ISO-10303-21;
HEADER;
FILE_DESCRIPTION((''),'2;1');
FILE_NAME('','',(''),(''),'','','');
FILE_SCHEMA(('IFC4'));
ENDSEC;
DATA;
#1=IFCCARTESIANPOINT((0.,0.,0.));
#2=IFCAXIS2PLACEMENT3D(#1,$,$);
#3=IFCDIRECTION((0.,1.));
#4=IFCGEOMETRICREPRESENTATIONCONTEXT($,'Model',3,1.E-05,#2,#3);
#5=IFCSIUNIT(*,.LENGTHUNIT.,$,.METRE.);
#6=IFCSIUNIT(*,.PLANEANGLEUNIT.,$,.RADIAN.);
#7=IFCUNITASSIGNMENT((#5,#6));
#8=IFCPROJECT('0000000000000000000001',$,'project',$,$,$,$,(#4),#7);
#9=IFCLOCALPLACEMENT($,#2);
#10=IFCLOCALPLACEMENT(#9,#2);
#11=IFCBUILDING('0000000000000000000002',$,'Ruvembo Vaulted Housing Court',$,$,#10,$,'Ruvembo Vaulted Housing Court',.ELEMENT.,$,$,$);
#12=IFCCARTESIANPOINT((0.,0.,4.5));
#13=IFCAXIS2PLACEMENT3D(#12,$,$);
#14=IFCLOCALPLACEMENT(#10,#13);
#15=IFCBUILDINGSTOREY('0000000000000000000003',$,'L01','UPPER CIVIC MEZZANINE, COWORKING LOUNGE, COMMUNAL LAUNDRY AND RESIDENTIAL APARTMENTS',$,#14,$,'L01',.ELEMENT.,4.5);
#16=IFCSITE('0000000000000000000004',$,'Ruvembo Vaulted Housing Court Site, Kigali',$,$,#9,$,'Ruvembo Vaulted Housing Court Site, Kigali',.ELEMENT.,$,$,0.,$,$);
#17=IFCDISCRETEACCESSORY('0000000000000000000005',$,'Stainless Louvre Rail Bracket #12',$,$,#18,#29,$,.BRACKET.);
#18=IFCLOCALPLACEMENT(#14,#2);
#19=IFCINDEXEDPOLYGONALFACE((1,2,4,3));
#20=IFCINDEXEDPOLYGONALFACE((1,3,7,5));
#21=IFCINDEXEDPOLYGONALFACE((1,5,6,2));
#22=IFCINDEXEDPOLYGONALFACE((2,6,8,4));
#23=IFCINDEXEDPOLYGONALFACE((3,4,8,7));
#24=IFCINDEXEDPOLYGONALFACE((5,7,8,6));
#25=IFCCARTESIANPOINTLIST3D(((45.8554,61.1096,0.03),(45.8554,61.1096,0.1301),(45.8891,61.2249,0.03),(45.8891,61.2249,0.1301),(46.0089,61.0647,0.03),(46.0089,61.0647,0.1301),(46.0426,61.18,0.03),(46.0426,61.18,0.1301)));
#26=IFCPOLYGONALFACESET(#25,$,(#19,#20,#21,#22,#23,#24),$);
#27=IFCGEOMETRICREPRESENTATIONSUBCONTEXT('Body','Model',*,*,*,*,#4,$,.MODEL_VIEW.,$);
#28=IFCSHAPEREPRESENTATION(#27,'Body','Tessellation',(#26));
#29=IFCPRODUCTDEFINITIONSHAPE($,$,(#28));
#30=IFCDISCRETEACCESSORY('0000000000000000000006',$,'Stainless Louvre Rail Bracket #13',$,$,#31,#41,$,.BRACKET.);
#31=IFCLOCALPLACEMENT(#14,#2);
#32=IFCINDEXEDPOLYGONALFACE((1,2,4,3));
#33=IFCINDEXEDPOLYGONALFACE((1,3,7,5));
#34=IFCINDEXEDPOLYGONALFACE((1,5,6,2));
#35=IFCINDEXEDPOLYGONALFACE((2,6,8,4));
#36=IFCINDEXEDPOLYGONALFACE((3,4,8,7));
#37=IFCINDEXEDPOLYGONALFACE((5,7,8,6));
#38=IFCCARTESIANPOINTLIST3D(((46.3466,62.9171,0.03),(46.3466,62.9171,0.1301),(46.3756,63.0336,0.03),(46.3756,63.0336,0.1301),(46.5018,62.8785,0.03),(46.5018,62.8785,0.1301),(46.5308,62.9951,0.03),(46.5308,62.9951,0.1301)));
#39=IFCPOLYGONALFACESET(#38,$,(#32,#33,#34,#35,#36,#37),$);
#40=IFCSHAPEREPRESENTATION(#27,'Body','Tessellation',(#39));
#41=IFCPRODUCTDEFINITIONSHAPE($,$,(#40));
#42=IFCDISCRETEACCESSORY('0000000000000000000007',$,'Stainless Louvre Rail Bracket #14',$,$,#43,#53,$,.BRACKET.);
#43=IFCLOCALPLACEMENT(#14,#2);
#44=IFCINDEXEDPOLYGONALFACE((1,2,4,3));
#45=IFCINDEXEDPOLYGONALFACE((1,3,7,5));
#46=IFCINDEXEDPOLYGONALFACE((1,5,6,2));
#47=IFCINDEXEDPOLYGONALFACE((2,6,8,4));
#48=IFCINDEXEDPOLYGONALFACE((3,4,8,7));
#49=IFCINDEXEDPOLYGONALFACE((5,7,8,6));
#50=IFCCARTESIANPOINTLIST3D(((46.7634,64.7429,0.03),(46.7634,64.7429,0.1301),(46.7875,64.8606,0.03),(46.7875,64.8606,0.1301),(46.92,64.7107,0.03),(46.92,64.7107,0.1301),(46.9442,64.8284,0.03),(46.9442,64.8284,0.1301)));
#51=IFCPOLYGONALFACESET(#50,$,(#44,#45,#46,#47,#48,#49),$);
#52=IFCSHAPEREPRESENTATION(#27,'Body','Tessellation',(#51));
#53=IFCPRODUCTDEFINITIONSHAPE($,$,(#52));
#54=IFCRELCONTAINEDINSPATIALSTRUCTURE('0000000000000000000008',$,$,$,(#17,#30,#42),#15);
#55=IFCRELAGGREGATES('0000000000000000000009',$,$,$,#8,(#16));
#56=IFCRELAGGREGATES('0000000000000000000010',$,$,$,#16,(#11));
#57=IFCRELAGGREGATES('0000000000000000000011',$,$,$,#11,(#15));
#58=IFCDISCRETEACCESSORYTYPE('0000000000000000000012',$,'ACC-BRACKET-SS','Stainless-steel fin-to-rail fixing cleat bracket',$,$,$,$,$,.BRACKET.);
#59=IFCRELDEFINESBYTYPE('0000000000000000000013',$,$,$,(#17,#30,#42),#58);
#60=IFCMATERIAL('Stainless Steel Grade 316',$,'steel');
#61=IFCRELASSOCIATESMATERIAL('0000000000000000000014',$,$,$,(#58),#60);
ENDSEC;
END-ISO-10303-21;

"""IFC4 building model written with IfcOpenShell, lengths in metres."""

from ifc_helpers import new_model, si_unit, direction, frame, origin, origin_2d, place, context, subcontext, project, spatial, rectangle, extrude, material, type_object, element, save


model = new_model("IFC4")

# Units and contexts
model_context = context("Model", 3, precision=1e-05, world=origin(), true_north=direction((0.0, 1.0)))
body_context = subcontext(model_context, "Body", "Model", "MODEL_VIEW")
ifc_project = project(units=[si_unit("LENGTHUNIT", "METRE"), si_unit("PLANEANGLEUNIT", "RADIAN")], contexts=[model_context])

# Site, building, storey
site_placement = place(None, origin())
site = spatial("IfcSite", under=ifc_project, at=site_placement, Name="Ruvembo Vaulted Housing Court Site, Kigali", LongName="Ruvembo Vaulted Housing Court Site, Kigali", CompositionType="ELEMENT", RefElevation=0.0)
building_placement = place(site_placement, origin())
building = spatial("IfcBuilding", under=site, at=building_placement, Name="Ruvembo Vaulted Housing Court", LongName="Ruvembo Vaulted Housing Court", CompositionType="ELEMENT")
storey_placement = place(building_placement, frame((0.0, 0.0, 4.5)))
storey = spatial("IfcBuildingStorey", under=building, at=storey_placement, Name="L01", Description="UPPER CIVIC MEZZANINE, COWORKING LOUNGE, COMMUNAL LAUNDRY AND RESIDENTIAL APARTMENTS", LongName="L01", CompositionType="ELEMENT", Elevation=4.5)

# Discrete accessories
ifc_material_1 = material(Name="Stainless Steel Grade 316", Category="steel")
discrete_accessory_type = type_object("IfcDiscreteAccessoryType", Name="ACC-BRACKET-SS", Description="Stainless-steel fin-to-rail fixing cleat bracket", PredefinedType="BRACKET", material=ifc_material_1)
for number, where, z_axis, x_axis, name in (
    (1, (45.949, 61.1448, 0.03), (0.0, 0.0, 1.0), (0.959791, -0.280717, 0.0), "Stainless Louvre Rail Bracket #12"),
    (2, (46.4387, 62.9561, 0.03), (0.0, 0.0, 1.0), (0.970481, -0.241177, 0.0), "Stainless Louvre Rail Bracket #13"),
    (3, (46.8538, 64.7856, 0.03), (0.0, 0.0, 1.0), (0.979547, -0.201215, 0.0), "Stainless Louvre Rail Bracket #14"),
):
    element("IfcDiscreteAccessory", number, at=place(storey_placement, frame(where, z_axis=z_axis, x_axis=x_axis)), inside=storey, type_object=discrete_accessory_type, Name=name, PredefinedType="BRACKET", context=body_context, shape_type="SweptSolid", body=[
        extrude(rectangle(XDim=0.1599, YDim=0.1201, at=origin_2d()), origin(), (0.0, 0.0, 1.0), 0.1001),
    ])

save(model, "model.ifc")
